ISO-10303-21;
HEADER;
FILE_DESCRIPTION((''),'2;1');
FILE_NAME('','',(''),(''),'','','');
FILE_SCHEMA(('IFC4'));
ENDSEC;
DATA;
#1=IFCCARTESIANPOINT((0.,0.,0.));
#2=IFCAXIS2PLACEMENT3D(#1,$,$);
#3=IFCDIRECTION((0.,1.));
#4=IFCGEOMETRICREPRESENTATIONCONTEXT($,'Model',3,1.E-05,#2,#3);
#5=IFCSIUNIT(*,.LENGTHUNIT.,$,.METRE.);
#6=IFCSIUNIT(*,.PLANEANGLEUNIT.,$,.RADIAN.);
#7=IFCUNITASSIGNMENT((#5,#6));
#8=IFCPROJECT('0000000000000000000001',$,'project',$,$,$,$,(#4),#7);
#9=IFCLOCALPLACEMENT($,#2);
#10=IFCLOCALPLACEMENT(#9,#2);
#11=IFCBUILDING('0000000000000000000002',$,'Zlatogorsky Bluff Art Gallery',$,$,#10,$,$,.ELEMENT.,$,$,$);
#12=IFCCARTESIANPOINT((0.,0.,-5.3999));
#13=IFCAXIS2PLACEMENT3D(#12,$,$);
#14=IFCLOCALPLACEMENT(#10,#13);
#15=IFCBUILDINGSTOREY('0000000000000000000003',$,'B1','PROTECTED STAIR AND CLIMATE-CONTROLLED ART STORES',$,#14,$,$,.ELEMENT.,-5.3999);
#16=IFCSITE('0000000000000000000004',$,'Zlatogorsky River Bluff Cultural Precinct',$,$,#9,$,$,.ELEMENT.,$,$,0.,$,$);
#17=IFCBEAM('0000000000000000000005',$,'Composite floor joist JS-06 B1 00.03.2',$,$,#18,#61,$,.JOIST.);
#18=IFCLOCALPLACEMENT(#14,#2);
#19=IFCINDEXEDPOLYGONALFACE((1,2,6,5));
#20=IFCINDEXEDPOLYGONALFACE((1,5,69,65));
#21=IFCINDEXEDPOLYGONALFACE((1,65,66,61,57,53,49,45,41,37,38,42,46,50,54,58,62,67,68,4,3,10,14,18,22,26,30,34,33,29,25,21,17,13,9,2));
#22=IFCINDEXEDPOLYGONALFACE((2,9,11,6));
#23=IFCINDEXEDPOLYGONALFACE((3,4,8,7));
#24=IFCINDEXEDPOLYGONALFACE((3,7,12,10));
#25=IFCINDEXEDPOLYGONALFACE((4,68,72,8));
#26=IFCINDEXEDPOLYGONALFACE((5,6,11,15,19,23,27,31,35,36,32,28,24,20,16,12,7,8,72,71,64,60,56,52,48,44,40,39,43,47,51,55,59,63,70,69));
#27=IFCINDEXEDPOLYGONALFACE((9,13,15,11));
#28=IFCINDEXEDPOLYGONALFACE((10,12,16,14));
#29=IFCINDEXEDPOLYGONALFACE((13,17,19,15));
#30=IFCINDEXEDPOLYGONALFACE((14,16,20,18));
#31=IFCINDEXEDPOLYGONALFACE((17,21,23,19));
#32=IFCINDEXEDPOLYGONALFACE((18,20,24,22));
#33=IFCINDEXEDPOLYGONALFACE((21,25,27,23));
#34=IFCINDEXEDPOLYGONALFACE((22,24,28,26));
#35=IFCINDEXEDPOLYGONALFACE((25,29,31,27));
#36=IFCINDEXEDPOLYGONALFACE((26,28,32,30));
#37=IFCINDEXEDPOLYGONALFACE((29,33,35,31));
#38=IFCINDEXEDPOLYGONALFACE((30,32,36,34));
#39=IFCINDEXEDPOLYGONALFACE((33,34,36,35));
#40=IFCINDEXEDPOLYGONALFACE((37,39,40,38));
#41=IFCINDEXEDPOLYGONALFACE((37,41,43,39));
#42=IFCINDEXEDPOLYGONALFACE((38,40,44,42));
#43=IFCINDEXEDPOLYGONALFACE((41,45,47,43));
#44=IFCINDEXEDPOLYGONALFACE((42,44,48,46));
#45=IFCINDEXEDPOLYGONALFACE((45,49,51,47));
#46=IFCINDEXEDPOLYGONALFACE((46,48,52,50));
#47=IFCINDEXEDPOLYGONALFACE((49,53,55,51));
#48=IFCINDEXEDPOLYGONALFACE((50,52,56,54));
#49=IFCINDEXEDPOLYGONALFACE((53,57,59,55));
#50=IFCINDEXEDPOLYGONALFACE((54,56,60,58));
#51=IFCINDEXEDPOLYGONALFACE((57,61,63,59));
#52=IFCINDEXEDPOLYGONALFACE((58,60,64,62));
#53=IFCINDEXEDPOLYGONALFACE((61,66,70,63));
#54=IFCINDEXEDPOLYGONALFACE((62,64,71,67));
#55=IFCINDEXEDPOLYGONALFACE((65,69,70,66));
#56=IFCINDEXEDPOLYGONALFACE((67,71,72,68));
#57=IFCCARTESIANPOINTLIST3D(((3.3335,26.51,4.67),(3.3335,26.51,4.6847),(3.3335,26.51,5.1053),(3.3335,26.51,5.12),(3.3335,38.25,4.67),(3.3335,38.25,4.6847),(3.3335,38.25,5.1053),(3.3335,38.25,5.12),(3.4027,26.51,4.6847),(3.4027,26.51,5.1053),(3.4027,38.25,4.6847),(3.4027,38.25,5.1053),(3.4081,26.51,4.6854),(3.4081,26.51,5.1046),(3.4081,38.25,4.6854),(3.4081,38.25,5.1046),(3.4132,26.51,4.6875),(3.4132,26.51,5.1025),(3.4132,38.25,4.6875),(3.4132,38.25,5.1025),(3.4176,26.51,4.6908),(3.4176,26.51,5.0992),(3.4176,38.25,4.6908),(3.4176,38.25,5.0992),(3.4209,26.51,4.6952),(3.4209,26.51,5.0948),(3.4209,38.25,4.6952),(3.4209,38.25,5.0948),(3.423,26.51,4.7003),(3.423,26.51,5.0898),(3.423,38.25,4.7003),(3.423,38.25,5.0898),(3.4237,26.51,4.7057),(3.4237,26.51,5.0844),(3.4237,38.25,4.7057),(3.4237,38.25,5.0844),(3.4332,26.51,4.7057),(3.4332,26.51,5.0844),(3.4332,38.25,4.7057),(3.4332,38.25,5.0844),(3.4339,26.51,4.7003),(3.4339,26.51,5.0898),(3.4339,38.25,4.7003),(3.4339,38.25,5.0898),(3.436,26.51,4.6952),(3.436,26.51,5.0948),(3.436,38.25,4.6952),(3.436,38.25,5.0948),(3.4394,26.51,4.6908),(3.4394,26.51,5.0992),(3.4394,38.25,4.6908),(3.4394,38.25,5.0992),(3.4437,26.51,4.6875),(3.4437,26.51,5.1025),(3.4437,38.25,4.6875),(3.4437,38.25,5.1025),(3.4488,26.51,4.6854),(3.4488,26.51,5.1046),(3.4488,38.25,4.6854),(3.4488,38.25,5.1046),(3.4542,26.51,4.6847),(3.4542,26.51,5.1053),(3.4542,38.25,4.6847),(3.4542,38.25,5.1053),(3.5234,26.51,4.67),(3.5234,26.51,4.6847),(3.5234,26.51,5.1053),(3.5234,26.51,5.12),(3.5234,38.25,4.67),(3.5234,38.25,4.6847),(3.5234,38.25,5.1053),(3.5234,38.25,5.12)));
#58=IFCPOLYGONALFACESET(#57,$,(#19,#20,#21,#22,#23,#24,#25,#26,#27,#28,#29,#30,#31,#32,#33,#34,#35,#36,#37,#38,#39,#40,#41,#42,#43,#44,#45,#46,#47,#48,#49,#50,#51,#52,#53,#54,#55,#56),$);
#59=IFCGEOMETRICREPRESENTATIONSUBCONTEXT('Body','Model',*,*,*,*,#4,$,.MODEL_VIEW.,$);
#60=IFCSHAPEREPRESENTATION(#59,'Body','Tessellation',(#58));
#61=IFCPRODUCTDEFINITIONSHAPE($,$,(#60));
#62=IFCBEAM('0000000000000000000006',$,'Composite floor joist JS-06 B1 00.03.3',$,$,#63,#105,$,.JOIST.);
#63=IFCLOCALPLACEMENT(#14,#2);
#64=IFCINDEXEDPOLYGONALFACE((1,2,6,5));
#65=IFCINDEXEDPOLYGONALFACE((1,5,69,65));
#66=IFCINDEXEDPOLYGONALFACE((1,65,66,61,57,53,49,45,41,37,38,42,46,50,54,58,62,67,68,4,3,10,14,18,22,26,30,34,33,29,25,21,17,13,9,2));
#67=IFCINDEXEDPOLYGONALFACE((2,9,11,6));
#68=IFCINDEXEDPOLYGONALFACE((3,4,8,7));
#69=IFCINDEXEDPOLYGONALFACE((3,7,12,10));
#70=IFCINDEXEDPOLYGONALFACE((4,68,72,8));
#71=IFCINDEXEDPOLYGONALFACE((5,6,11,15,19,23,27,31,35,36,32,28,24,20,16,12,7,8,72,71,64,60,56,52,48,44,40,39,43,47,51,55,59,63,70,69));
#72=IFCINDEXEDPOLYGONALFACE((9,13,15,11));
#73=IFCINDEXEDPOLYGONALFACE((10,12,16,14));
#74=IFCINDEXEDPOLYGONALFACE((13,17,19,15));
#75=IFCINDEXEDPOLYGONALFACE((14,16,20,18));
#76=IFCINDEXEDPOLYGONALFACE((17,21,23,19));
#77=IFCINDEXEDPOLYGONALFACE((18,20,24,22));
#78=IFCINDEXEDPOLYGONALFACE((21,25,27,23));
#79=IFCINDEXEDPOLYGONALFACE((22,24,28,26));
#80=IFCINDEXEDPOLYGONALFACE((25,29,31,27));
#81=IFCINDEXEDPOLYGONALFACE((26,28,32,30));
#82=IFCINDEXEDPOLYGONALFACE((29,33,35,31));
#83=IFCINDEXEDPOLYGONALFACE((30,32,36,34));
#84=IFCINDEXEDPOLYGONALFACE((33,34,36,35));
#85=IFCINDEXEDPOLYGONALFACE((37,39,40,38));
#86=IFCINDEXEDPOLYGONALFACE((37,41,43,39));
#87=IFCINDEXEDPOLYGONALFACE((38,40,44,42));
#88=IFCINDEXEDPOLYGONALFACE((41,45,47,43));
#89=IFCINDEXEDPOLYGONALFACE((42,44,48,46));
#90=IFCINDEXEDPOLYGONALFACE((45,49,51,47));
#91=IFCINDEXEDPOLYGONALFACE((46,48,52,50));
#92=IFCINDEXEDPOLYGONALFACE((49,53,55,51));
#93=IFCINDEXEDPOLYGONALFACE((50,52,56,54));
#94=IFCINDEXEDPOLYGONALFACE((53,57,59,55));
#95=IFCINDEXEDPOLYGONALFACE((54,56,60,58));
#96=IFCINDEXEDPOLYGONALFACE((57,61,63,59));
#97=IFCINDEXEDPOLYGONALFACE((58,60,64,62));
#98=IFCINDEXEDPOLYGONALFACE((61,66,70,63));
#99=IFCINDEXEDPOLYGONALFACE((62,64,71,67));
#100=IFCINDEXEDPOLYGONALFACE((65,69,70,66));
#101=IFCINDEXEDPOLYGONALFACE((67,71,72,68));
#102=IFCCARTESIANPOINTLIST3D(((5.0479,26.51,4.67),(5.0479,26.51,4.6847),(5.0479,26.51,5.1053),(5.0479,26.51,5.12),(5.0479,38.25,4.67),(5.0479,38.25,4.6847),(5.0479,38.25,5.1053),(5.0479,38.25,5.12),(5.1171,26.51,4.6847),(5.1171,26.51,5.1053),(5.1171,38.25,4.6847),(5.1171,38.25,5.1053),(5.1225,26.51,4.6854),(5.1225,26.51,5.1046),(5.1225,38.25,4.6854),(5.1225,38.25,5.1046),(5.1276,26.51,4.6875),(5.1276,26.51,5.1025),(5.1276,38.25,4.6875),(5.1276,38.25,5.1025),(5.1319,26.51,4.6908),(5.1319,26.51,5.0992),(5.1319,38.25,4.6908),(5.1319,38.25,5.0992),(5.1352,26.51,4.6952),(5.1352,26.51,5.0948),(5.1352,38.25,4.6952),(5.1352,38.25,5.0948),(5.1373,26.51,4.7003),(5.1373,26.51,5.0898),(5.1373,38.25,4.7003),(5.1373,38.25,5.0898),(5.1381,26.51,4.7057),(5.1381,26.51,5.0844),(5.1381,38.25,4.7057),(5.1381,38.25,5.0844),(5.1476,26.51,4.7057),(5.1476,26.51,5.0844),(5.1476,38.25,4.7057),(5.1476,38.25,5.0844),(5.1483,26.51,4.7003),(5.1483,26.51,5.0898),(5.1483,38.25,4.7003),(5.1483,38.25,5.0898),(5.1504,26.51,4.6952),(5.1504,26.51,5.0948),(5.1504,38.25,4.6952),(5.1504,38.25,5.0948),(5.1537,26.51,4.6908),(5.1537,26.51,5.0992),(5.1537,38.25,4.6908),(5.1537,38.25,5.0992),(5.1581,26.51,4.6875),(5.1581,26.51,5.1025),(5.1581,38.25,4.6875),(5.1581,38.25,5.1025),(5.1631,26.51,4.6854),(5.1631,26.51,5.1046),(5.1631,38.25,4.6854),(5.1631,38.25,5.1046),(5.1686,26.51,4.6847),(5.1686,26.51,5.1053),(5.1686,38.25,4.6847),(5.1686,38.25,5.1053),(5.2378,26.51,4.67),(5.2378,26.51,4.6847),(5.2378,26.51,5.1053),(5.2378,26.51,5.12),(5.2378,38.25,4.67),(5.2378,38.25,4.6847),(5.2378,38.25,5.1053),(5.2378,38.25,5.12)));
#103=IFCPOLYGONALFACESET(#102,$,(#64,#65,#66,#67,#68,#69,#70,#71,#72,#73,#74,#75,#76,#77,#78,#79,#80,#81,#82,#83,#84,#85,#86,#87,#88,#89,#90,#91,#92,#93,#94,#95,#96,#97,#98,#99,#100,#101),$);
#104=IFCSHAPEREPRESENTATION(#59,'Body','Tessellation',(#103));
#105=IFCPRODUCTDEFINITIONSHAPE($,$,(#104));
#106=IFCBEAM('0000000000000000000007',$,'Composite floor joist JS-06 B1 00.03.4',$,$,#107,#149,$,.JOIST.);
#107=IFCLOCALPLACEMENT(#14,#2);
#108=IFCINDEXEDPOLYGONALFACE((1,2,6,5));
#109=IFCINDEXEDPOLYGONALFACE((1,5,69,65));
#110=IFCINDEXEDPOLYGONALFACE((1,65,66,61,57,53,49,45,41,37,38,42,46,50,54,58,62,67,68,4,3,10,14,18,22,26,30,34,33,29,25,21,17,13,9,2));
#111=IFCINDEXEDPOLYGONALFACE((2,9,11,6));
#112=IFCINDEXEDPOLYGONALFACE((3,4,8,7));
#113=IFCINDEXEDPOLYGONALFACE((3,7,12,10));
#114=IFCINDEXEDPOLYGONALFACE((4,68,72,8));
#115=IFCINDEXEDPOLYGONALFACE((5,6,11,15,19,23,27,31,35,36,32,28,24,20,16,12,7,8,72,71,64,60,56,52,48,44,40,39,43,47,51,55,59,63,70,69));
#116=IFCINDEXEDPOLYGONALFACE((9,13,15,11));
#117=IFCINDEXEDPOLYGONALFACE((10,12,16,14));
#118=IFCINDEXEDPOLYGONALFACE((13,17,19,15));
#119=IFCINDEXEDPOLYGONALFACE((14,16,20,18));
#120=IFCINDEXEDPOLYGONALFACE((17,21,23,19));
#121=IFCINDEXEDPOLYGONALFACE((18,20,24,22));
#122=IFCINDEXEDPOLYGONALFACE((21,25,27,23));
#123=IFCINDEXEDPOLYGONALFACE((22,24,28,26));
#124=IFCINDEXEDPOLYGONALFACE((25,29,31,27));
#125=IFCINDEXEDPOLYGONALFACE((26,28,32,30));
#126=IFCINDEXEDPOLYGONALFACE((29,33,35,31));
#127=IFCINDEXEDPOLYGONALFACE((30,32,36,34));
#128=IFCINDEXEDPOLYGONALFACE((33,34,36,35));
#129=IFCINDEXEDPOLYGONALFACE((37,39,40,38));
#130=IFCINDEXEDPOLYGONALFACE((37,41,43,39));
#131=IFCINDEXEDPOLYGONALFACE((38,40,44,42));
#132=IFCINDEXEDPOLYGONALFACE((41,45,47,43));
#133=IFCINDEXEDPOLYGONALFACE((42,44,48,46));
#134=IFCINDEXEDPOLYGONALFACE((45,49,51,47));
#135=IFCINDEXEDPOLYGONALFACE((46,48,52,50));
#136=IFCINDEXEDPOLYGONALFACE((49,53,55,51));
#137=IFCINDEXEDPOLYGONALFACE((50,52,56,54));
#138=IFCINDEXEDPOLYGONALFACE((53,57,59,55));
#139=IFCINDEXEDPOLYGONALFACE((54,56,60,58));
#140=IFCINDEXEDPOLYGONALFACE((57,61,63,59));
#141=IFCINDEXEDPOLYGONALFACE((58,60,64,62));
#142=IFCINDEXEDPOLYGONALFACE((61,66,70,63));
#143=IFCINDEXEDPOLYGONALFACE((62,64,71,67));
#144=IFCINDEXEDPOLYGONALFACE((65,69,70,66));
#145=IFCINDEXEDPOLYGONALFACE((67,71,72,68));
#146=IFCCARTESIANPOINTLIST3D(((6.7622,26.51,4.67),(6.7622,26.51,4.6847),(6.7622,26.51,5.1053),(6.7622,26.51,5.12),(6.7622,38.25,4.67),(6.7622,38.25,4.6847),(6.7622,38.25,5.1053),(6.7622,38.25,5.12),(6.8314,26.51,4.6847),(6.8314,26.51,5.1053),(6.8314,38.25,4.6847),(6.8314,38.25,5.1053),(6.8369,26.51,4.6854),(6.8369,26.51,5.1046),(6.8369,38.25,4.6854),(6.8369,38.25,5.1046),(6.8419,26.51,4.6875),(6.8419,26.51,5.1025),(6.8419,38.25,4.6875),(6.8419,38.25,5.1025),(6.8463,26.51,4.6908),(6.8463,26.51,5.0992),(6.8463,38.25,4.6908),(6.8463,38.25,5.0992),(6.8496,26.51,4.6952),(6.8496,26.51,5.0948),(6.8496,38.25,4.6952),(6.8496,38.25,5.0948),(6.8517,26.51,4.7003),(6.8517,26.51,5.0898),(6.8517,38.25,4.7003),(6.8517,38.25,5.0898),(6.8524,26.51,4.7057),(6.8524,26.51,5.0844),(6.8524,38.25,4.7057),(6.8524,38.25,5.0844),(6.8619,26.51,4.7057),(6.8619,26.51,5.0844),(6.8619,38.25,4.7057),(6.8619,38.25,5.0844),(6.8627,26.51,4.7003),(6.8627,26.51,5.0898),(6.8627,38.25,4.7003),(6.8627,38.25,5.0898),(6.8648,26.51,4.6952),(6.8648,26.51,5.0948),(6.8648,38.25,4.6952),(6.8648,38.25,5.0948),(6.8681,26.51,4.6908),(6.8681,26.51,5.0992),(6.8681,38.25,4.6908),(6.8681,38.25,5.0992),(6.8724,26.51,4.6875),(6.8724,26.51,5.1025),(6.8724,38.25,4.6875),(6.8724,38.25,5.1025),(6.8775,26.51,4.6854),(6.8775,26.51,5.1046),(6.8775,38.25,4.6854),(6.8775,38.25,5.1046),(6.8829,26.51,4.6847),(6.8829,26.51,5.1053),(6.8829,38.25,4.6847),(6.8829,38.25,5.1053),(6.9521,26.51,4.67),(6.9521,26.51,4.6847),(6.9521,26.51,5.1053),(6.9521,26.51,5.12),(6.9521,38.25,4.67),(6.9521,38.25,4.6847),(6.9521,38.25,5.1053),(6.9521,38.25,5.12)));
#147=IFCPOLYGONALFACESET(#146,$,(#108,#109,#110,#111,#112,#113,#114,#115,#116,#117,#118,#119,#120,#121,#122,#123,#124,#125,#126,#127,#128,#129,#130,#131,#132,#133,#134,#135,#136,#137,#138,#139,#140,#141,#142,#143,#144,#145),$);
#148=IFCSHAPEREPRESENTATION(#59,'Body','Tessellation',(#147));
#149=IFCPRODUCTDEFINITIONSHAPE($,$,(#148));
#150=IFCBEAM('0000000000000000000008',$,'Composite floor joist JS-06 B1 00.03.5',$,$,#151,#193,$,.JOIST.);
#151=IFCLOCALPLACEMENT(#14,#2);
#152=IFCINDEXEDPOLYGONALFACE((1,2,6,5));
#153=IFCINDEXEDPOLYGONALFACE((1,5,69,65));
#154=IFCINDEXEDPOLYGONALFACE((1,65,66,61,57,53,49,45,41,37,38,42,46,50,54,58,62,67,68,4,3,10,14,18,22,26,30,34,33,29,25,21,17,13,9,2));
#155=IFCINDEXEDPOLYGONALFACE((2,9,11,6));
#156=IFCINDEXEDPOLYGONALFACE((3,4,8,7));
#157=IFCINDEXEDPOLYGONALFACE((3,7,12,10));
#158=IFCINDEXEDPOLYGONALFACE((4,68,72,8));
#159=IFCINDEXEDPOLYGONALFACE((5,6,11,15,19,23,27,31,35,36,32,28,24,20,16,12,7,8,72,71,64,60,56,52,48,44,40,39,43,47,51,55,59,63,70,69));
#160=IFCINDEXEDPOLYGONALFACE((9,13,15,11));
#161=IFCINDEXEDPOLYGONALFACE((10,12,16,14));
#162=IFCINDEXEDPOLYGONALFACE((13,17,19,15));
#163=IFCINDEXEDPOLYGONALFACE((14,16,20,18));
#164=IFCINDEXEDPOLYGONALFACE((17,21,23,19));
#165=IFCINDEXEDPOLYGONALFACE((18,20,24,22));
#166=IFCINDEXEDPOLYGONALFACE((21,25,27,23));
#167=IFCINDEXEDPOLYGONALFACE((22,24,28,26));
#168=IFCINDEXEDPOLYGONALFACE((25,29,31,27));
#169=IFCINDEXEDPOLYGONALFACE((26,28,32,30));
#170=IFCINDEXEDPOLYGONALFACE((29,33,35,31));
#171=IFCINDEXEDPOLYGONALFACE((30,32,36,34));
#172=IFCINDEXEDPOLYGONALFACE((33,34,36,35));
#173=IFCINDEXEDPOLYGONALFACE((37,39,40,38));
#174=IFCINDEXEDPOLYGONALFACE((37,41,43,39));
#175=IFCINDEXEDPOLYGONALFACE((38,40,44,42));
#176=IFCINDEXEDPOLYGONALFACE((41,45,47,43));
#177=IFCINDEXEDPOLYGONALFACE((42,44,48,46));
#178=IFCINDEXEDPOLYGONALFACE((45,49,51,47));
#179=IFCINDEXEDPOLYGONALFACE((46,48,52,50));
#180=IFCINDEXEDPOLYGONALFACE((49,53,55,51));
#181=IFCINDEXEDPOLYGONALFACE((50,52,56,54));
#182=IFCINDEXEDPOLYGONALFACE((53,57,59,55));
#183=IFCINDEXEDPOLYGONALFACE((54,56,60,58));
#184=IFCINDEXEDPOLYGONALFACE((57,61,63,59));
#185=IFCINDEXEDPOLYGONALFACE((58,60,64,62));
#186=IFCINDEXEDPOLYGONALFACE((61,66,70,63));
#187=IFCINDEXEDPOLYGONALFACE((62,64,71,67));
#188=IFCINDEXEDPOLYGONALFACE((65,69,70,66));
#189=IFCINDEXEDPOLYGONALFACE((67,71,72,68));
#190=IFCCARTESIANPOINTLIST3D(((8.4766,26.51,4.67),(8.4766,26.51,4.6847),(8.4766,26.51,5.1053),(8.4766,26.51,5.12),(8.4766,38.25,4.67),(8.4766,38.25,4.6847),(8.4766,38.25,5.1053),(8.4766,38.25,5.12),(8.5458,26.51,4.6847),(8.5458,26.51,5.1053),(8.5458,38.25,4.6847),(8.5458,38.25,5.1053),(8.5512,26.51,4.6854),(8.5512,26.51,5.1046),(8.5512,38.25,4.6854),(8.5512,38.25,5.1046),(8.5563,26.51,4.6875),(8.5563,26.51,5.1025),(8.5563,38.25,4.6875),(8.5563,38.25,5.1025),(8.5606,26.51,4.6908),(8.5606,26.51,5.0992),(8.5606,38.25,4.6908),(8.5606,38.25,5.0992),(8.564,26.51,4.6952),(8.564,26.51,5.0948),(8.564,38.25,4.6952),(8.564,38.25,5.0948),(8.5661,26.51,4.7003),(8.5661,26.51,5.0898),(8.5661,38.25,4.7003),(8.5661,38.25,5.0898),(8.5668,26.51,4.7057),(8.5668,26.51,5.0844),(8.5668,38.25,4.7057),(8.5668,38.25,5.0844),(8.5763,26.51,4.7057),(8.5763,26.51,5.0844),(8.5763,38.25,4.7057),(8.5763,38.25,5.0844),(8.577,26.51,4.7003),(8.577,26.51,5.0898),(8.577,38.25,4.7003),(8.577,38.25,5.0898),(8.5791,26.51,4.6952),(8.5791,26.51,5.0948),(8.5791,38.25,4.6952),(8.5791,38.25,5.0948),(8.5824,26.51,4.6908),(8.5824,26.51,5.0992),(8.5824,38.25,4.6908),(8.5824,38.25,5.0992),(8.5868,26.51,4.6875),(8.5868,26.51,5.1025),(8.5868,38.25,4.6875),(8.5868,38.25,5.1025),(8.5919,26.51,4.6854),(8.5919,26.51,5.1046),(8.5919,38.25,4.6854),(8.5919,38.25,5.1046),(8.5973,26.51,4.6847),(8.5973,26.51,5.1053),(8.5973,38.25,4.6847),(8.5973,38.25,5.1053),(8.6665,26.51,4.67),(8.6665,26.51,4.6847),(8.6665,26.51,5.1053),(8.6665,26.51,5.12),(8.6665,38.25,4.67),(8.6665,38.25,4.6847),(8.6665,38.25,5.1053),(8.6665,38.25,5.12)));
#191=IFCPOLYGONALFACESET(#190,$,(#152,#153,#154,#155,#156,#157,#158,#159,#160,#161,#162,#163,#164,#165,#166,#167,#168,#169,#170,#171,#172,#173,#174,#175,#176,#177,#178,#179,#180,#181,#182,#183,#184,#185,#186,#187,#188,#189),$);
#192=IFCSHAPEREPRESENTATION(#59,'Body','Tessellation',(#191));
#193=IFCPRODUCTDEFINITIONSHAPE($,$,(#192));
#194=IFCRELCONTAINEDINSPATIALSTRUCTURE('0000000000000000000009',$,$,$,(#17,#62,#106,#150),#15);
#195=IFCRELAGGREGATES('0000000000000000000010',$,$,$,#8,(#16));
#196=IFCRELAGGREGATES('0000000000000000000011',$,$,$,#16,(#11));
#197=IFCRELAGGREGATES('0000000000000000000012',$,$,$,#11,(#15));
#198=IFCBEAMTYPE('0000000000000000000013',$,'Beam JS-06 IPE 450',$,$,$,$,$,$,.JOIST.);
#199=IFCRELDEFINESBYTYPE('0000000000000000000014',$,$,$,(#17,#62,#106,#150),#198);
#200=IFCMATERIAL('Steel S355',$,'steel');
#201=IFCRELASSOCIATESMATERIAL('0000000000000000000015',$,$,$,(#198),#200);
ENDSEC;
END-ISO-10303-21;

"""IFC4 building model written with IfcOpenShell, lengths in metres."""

from ifc_helpers import new_model, si_unit, direction, frame, origin, origin_2d, place, context, subcontext, project, spatial, i_section, extrude, material, material_profile, profile_set, type_object, element, save


model = new_model("IFC4")

# Units and contexts
model_context = context("Model", 3, precision=1e-05, world=origin(), true_north=direction((0.0, 1.0)))
body_context = subcontext(model_context, "Body", "Model", "MODEL_VIEW")
ifc_project = project(units=[si_unit("LENGTHUNIT", "METRE"), si_unit("PLANEANGLEUNIT", "RADIAN")], contexts=[model_context])

# Site, building, storey
site_placement = place(None, origin())
site = spatial("IfcSite", under=ifc_project, at=site_placement, Name="Zlatogorsky River Bluff Cultural Precinct", CompositionType="ELEMENT", RefElevation=0.0)
building_placement = place(site_placement, origin())
building = spatial("IfcBuilding", under=site, at=building_placement, Name="Zlatogorsky Bluff Art Gallery", CompositionType="ELEMENT")
storey_placement = place(building_placement, frame((0.0, 0.0, -5.3999)))
storey = spatial("IfcBuildingStorey", under=building, at=storey_placement, Name="B1", Description="PROTECTED STAIR AND CLIMATE-CONTROLLED ART STORES", CompositionType="ELEMENT", Elevation=-5.3999)

# Shared definitions
ifc_material_1 = material(Name="Steel S355", Category="steel")

# Beams
ifc_material_profile_1 = material_profile(ifc_material_1, i_section(OverallWidth=0.1899, OverallDepth=0.45, WebThickness=0.0095, FlangeThickness=0.0146, FilletRadius=0.021, at=origin_2d()), Name="IPE 450")
ifc_profile_set_1 = profile_set([ifc_material_profile_1], Name="Steel S355")
beam_type_1 = type_object("IfcBeamType", Name="Beam JS-06 IPE 450", PredefinedType="JOIST", material=ifc_profile_set_1)
for number, where, z_axis, x_axis, name in (
    (1, (3.4285, 26.51, 4.895), (0.0, 1.0, 0.0), (-1.0, 0.0, 0.0), "Composite floor joist JS-06 B1 00.03.2"),
    (2, (5.1428, 26.51, 4.895), (0.0, 1.0, 0.0), (-1.0, 0.0, 0.0), "Composite floor joist JS-06 B1 00.03.3"),
    (3, (6.8572, 26.51, 4.895), (0.0, 1.0, 0.0), (-1.0, 0.0, 0.0), "Composite floor joist JS-06 B1 00.03.4"),
    (4, (8.5715, 26.51, 4.895), (0.0, 1.0, 0.0), (-1.0, 0.0, 0.0), "Composite floor joist JS-06 B1 00.03.5"),
):
    element("IfcBeam", number, at=place(storey_placement, frame(where, z_axis=z_axis, x_axis=x_axis)), inside=storey, type_object=beam_type_1, Name=name, PredefinedType="JOIST", context=body_context, shape_type="SweptSolid", body=[
        extrude(i_section(OverallWidth=0.1899, OverallDepth=0.45, WebThickness=0.0095, FlangeThickness=0.0146, FilletRadius=0.021, at=origin_2d()), origin(), (0.0, 0.0, 1.0), 11.74),
    ])

save(model, "model.ifc")
